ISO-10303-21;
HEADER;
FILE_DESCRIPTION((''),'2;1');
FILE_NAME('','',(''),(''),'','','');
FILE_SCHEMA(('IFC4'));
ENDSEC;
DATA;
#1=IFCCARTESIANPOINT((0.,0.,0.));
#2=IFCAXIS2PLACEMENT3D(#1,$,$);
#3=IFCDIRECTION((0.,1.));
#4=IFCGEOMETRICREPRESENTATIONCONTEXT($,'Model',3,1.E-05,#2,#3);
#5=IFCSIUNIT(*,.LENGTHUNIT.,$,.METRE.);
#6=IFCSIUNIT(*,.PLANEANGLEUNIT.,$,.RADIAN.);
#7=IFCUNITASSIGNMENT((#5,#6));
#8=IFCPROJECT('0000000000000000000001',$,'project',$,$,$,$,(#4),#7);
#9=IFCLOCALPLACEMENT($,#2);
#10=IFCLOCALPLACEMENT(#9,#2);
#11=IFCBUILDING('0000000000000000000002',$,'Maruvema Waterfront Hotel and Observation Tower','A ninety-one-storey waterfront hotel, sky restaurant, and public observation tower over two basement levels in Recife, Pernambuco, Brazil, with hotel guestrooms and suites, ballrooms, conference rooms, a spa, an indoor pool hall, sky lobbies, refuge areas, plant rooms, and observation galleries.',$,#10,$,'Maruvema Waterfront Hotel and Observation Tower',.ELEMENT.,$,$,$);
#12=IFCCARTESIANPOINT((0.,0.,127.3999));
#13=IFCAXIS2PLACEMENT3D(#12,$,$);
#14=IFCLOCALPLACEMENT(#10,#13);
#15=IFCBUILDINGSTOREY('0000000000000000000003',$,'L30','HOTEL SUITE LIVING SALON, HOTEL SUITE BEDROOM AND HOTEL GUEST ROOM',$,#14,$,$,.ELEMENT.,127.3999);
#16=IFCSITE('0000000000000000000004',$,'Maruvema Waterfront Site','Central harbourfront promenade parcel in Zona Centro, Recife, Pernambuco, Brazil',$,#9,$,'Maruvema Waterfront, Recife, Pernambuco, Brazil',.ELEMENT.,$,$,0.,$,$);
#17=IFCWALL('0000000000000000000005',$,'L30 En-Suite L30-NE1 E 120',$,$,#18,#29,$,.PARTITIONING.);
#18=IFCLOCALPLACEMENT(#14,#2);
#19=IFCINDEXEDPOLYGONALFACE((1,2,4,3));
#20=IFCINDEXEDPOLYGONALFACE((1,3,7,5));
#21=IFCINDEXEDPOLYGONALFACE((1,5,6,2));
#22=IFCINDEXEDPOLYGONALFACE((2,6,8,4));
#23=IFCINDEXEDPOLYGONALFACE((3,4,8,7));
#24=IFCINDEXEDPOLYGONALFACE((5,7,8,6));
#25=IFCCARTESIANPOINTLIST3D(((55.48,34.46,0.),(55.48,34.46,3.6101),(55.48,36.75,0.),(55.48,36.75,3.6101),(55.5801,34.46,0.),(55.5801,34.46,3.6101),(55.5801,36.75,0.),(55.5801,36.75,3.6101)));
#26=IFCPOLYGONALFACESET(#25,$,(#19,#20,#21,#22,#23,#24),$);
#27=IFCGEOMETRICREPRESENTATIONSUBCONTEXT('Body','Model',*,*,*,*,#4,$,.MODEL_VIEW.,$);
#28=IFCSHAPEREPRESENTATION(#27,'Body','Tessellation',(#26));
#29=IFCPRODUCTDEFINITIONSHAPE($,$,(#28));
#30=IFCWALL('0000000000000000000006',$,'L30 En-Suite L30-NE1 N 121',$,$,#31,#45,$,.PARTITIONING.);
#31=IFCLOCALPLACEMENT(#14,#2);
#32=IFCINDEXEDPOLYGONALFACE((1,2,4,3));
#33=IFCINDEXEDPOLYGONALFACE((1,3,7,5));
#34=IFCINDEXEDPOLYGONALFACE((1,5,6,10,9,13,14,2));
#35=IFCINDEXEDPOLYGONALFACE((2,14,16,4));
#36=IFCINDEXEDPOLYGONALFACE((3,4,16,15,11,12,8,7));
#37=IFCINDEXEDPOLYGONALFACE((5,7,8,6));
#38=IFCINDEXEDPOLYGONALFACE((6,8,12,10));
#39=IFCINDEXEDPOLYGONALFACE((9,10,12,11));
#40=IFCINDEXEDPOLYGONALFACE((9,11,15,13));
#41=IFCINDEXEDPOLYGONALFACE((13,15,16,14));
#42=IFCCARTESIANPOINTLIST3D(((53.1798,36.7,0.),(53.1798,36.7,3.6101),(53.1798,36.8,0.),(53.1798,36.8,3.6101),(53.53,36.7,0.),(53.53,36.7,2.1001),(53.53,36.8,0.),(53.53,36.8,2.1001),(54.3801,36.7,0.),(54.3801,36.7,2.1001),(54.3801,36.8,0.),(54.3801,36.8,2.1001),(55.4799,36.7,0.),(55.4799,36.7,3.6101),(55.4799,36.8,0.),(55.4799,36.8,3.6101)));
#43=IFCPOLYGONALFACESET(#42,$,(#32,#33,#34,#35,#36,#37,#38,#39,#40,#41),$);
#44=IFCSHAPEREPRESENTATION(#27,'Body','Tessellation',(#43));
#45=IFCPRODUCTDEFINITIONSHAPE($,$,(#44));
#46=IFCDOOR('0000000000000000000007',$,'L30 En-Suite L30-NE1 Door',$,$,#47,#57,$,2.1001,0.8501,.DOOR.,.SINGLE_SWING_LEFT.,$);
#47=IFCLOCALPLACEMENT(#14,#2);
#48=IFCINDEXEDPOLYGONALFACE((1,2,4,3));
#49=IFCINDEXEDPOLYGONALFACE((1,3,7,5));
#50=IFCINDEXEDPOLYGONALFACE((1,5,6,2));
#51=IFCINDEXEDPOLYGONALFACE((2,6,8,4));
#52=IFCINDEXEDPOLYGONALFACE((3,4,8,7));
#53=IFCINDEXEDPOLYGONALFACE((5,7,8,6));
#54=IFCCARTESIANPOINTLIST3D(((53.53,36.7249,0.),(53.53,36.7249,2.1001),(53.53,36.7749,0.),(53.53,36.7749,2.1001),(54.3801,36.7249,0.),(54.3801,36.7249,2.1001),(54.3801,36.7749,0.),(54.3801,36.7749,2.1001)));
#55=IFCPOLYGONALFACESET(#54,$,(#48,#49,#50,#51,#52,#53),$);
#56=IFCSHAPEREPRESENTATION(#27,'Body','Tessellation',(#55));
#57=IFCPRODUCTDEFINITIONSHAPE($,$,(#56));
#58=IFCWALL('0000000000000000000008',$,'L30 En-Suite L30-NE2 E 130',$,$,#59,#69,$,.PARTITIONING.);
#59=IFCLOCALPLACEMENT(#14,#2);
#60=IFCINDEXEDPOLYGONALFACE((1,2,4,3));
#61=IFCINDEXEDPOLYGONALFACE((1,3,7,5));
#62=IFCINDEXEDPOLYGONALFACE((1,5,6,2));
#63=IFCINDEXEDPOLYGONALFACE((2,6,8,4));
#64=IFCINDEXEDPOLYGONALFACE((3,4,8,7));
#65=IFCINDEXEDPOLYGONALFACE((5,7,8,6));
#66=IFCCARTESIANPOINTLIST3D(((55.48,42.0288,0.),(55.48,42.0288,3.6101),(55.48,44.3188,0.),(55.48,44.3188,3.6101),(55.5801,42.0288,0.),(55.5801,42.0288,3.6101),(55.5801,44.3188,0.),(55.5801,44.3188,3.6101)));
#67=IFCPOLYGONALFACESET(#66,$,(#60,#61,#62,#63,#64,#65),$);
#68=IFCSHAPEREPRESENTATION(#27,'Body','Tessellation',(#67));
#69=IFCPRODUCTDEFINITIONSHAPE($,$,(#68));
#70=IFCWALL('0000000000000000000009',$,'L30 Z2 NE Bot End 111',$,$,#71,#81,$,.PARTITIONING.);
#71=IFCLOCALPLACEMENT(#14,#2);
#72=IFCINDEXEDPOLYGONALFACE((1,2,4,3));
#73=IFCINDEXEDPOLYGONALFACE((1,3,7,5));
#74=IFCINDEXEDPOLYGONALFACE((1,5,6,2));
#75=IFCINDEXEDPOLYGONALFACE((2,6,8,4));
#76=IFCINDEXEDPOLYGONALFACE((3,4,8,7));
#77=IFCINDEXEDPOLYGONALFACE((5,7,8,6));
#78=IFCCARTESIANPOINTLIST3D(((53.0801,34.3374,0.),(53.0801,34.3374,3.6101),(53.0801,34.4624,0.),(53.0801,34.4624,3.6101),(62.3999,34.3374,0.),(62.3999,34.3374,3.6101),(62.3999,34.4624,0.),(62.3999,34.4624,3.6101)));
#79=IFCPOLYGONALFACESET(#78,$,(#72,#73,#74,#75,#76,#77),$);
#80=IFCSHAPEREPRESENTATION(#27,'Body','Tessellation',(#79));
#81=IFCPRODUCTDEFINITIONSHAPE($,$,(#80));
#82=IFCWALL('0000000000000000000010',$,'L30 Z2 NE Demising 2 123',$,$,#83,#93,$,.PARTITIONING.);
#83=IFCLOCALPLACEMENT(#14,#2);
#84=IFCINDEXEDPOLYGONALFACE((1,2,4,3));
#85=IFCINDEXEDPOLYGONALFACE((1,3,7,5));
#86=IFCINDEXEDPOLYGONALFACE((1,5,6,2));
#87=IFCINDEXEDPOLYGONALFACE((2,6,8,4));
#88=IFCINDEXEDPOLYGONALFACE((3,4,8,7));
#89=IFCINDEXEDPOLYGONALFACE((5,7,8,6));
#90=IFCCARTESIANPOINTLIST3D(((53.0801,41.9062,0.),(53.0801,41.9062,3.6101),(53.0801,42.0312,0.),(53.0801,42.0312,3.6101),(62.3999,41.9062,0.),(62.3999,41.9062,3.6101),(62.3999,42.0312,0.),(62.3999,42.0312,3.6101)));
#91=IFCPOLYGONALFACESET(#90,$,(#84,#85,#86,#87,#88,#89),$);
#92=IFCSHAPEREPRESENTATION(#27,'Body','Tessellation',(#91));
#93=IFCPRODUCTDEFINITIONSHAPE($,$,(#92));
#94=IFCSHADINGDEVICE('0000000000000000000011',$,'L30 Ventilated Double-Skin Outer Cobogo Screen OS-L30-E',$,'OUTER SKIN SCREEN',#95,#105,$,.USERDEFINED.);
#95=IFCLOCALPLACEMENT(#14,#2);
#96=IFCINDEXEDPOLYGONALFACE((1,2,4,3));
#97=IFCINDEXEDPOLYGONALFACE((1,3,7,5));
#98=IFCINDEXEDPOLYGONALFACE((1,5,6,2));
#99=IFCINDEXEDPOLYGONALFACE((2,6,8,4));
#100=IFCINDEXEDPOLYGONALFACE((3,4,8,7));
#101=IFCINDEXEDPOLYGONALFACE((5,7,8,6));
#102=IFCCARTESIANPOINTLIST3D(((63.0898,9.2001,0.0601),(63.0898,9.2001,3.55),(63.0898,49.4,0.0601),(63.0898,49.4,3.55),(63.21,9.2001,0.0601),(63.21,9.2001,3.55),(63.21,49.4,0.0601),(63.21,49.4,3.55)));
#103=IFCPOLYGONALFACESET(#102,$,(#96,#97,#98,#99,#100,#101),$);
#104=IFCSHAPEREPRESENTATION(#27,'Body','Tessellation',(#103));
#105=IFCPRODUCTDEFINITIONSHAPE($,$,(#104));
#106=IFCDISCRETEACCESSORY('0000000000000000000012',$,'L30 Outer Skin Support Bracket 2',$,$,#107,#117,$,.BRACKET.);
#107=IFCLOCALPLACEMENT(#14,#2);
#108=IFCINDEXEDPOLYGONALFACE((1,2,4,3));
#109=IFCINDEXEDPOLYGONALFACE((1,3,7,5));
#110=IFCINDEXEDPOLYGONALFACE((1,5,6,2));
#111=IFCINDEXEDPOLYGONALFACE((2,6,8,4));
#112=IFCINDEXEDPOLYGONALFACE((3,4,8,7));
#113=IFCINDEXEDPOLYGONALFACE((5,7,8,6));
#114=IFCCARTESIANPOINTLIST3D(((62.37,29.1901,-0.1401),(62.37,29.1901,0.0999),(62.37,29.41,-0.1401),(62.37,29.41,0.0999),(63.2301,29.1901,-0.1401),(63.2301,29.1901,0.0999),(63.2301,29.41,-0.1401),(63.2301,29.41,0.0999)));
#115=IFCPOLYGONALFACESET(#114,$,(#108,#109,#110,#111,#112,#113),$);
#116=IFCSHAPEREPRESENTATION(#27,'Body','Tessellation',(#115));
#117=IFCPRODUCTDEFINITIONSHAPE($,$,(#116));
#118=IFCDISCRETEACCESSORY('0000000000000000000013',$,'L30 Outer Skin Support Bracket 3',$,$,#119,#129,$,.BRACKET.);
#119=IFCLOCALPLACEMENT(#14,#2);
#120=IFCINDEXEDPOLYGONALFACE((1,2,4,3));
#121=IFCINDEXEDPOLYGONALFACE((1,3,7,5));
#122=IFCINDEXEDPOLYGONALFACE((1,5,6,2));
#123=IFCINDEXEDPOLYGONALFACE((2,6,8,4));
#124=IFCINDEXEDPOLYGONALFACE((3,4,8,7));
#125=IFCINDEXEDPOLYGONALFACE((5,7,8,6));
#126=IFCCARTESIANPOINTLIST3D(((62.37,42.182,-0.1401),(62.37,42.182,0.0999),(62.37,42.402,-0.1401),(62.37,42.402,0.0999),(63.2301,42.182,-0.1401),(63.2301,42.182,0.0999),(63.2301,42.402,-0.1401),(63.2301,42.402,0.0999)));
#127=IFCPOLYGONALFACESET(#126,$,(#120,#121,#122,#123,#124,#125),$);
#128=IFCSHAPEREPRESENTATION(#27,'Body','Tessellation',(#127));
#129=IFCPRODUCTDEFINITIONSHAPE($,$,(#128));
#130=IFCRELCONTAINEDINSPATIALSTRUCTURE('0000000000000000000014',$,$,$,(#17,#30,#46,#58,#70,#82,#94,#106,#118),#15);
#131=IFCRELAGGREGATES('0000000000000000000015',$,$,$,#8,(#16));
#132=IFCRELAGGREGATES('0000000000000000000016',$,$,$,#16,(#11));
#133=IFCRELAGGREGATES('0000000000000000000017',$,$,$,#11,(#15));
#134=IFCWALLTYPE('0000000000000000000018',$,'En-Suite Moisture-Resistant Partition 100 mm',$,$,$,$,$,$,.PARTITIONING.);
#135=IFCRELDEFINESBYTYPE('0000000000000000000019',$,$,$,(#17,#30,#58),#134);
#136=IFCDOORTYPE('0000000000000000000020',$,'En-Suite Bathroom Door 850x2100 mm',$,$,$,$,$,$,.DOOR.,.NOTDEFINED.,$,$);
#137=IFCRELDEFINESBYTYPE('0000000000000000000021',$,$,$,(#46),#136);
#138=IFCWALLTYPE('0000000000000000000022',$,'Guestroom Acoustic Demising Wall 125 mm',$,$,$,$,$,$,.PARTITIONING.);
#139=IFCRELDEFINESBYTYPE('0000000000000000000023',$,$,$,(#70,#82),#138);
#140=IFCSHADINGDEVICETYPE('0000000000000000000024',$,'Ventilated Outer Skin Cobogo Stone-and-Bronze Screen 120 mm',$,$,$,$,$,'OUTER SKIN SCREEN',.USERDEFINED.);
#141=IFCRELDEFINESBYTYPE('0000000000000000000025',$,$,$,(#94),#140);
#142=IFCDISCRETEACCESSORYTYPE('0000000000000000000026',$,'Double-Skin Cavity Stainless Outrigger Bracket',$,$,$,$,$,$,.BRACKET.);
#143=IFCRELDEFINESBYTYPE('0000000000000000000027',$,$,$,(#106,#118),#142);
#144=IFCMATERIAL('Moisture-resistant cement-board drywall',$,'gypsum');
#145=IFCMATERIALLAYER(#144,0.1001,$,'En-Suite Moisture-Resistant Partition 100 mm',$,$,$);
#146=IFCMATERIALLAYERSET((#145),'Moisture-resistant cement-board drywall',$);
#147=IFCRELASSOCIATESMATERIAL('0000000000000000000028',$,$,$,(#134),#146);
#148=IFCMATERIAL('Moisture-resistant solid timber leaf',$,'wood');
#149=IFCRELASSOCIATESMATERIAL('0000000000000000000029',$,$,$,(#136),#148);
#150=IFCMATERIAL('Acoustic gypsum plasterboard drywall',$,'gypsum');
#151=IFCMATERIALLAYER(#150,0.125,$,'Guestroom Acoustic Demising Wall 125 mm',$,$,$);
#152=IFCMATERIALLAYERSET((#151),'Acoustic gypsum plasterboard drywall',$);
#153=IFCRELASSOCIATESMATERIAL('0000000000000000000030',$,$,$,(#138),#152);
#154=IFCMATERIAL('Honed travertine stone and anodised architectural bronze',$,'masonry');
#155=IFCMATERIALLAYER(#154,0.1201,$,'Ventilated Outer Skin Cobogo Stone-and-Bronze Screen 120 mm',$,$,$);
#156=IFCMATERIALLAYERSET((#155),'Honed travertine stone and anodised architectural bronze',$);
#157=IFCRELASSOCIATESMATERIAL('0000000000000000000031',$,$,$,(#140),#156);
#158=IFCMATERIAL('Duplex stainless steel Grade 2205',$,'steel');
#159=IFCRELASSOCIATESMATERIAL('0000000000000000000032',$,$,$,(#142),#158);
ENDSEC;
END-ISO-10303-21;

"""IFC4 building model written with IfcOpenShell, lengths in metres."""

from ifc_helpers import new_model, si_unit, direction, frame, frame_2d, origin, origin_2d, place, context, subcontext, project, spatial, rectangle, extrude, material, layer, layer_set, type_object, element, fill, save


model = new_model("IFC4")

# Units and contexts
model_context = context("Model", 3, precision=1e-05, world=origin(), true_north=direction((0.0, 1.0)))
body_context = subcontext(model_context, "Body", "Model", "MODEL_VIEW")
ifc_project = project(units=[si_unit("LENGTHUNIT", "METRE"), si_unit("PLANEANGLEUNIT", "RADIAN")], contexts=[model_context])

# Site, building, storey
site_placement = place(None, origin())
site = spatial("IfcSite", under=ifc_project, at=site_placement, Name="Maruvema Waterfront Site", Description="Central harbourfront promenade parcel in Zona Centro, Recife, Pernambuco, Brazil", LongName="Maruvema Waterfront, Recife, Pernambuco, Brazil", CompositionType="ELEMENT", RefElevation=0.0)
building_placement = place(site_placement, origin())
building = spatial("IfcBuilding", under=site, at=building_placement, Name="Maruvema Waterfront Hotel and Observation Tower", Description="A ninety-one-storey waterfront hotel, sky restaurant, and public observation tower over two basement levels in Recife, Pernambuco, Brazil, with hotel guestrooms and suites, ballrooms, conference rooms, a spa, an indoor pool hall, sky lobbies, refuge areas, plant rooms, and observation galleries.", LongName="Maruvema Waterfront Hotel and Observation Tower", CompositionType="ELEMENT")
storey_placement = place(building_placement, frame((0.0, 0.0, 127.3999)))
storey = spatial("IfcBuildingStorey", under=building, at=storey_placement, Name="L30", Description="HOTEL SUITE LIVING SALON, HOTEL SUITE BEDROOM AND HOTEL GUEST ROOM", CompositionType="ELEMENT", Elevation=127.3999)

# Wall
ifc_material_1 = material(Name="Moisture-resistant cement-board drywall", Category="gypsum")
ifc_layer_1 = layer(ifc_material_1, 0.1001, Name="En-Suite Moisture-Resistant Partition 100 mm")
ifc_layer_set_1 = layer_set([ifc_layer_1], Name="Moisture-resistant cement-board drywall")
wall_type_1 = type_object("IfcWallType", Name="En-Suite Moisture-Resistant Partition 100 mm", PredefinedType="PARTITIONING", material=ifc_layer_set_1)
wall_1_placement = place(storey_placement, frame((55.53, 34.46, 0.0), z_axis=(0.0, 0.0, 1.0), x_axis=(0.0, 1.0, 0.0)))
element("IfcWall", 1, at=wall_1_placement, inside=storey, type_object=wall_type_1, Name="L30 En-Suite L30-NE1 E 120", PredefinedType="PARTITIONING", context=body_context, shape_type="SweptSolid", body=[
    extrude(rectangle(XDim=2.29, YDim=0.1001, at=frame_2d((1.145, 0.0))), origin(), (0.0, 0.0, 1.0), 3.6101),
])

# Wall, opening, door
wall_2_placement = place(storey_placement, frame((53.1799, 36.75, 0.0), z_axis=(0.0, 0.0, 1.0), x_axis=(1.0, 0.0, 0.0)))
wall_2 = element("IfcWall", 2, at=wall_2_placement, inside=storey, type_object=wall_type_1, Name="L30 En-Suite L30-NE1 N 121", PredefinedType="PARTITIONING", context=body_context, shape_type="SweptSolid", body=[
    extrude(rectangle(XDim=2.3, YDim=0.1001, at=frame_2d((1.1499, 0.0))), origin(), (0.0, 0.0, 1.0), 3.6101),
])
opening_1_placement = place(wall_2_placement, frame((0.3501, 0.0, 0.0)))
opening_1 = element("IfcOpeningElement", 3, at=opening_1_placement, cuts=wall_2, PredefinedType="OPENING", context=body_context, shape_type="SweptSolid", body=[
    extrude(rectangle(XDim=0.8501, YDim=2.1001, at=frame_2d((0.425, 1.05))), frame((0.0, 0.0601, 0.0), z_axis=(0.0, -1.0, 0.0), x_axis=(1.0, 0.0, 0.0)), (0.0, 0.0, 1.0), 0.1201),
])
ifc_material_2 = material(Name="Moisture-resistant solid timber leaf", Category="wood")
door_type_1 = type_object("IfcDoorType", Name="En-Suite Bathroom Door 850x2100 mm", OperationType="NOTDEFINED", PredefinedType="DOOR", material=ifc_material_2)
door_1_placement = place(opening_1_placement, origin())
door_1 = element("IfcDoor", 4, at=door_1_placement, inside=storey, type_object=door_type_1, Name="L30 En-Suite L30-NE1 Door", OperationType="SINGLE_SWING_LEFT", OverallHeight=2.1001, OverallWidth=0.8501, PredefinedType="DOOR", context=body_context, shape_type="SweptSolid", body=[
    extrude(rectangle(XDim=0.8501, YDim=2.1001, at=frame_2d((0.425, 1.05))), frame((0.0, 0.0249, 0.0), z_axis=(0.0, -1.0, 0.0), x_axis=(1.0, 0.0, 0.0)), (0.0, 0.0, 1.0), 0.05),
])
fill(opening_1, door_1)

# Walls
wall_3_placement = place(storey_placement, frame((55.53, 42.0288, 0.0), z_axis=(0.0, 0.0, 1.0), x_axis=(0.0, 1.0, 0.0)))
element("IfcWall", 5, at=wall_3_placement, inside=storey, type_object=wall_type_1, Name="L30 En-Suite L30-NE2 E 130", PredefinedType="PARTITIONING", context=body_context, shape_type="SweptSolid", body=[
    extrude(rectangle(XDim=2.29, YDim=0.1001, at=frame_2d((1.145, 0.0))), origin(), (0.0, 0.0, 1.0), 3.6101),
])
ifc_material_3 = material(Name="Acoustic gypsum plasterboard drywall", Category="gypsum")
ifc_layer_2 = layer(ifc_material_3, 0.125, Name="Guestroom Acoustic Demising Wall 125 mm")
ifc_layer_set_2 = layer_set([ifc_layer_2], Name="Acoustic gypsum plasterboard drywall")
wall_type_2 = type_object("IfcWallType", Name="Guestroom Acoustic Demising Wall 125 mm", PredefinedType="PARTITIONING", material=ifc_layer_set_2)
for number, where, z_axis, x_axis, name in (
    (6, (53.0801, 34.3999, 0.0), (0.0, 0.0, 1.0), (1.0, 0.0, 0.0), "L30 Z2 NE Bot End 111"),
    (7, (53.0801, 41.9688, 0.0), (0.0, 0.0, 1.0), (1.0, 0.0, 0.0), "L30 Z2 NE Demising 2 123"),
):
    element("IfcWall", number, at=place(storey_placement, frame(where, z_axis=z_axis, x_axis=x_axis)), inside=storey, type_object=wall_type_2, Name=name, PredefinedType="PARTITIONING", context=body_context, shape_type="SweptSolid", body=[
        extrude(rectangle(XDim=9.3198, YDim=0.125, at=frame_2d((4.6599, 0.0))), origin(), (0.0, 0.0, 1.0), 3.6101),
    ])

# Shading device
ifc_material_4 = material(Name="Honed travertine stone and anodised architectural bronze", Category="masonry")
ifc_layer_3 = layer(ifc_material_4, 0.1201, Name="Ventilated Outer Skin Cobogo Stone-and-Bronze Screen 120 mm")
ifc_layer_set_3 = layer_set([ifc_layer_3], Name="Honed travertine stone and anodised architectural bronze")
shading_device_type = type_object("IfcShadingDeviceType", Name="Ventilated Outer Skin Cobogo Stone-and-Bronze Screen 120 mm", ElementType="OUTER SKIN SCREEN", PredefinedType="USERDEFINED", material=ifc_layer_set_3)
shading_device_placement = place(storey_placement, frame((63.1499, 29.3, 0.0601), z_axis=(0.0, 0.0, 1.0), x_axis=(0.0, 1.0, 0.0)))
element("IfcShadingDevice", 8, at=shading_device_placement, inside=storey, type_object=shading_device_type, Name="L30 Ventilated Double-Skin Outer Cobogo Screen OS-L30-E", ObjectType="OUTER SKIN SCREEN", PredefinedType="USERDEFINED", context=body_context, shape_type="SweptSolid", body=[
    extrude(rectangle(XDim=40.2, YDim=0.1201, at=origin_2d()), origin(), (0.0, 0.0, 1.0), 3.49),
])

# Discrete accessories
ifc_material_5 = material(Name="Duplex stainless steel Grade 2205", Category="steel")
discrete_accessory_type = type_object("IfcDiscreteAccessoryType", Name="Double-Skin Cavity Stainless Outrigger Bracket", PredefinedType="BRACKET", material=ifc_material_5)
for number, where, z_axis, x_axis, name in (
    (9, (62.8, 29.3, -0.1401), (0.0, 0.0, 1.0), (0.0, 1.0, 0.0), "L30 Outer Skin Support Bracket 2"),
    (10, (62.8, 42.292, -0.1401), (0.0, 0.0, 1.0), (0.0, 1.0, 0.0), "L30 Outer Skin Support Bracket 3"),
):
    element("IfcDiscreteAccessory", number, at=place(storey_placement, frame(where, z_axis=z_axis, x_axis=x_axis)), inside=storey, type_object=discrete_accessory_type, Name=name, PredefinedType="BRACKET", context=body_context, shape_type="SweptSolid", body=[
        extrude(rectangle(XDim=0.22, YDim=0.8601, at=origin_2d()), origin(), (0.0, 0.0, 1.0), 0.24),
    ])

save(model, "model.ifc")
